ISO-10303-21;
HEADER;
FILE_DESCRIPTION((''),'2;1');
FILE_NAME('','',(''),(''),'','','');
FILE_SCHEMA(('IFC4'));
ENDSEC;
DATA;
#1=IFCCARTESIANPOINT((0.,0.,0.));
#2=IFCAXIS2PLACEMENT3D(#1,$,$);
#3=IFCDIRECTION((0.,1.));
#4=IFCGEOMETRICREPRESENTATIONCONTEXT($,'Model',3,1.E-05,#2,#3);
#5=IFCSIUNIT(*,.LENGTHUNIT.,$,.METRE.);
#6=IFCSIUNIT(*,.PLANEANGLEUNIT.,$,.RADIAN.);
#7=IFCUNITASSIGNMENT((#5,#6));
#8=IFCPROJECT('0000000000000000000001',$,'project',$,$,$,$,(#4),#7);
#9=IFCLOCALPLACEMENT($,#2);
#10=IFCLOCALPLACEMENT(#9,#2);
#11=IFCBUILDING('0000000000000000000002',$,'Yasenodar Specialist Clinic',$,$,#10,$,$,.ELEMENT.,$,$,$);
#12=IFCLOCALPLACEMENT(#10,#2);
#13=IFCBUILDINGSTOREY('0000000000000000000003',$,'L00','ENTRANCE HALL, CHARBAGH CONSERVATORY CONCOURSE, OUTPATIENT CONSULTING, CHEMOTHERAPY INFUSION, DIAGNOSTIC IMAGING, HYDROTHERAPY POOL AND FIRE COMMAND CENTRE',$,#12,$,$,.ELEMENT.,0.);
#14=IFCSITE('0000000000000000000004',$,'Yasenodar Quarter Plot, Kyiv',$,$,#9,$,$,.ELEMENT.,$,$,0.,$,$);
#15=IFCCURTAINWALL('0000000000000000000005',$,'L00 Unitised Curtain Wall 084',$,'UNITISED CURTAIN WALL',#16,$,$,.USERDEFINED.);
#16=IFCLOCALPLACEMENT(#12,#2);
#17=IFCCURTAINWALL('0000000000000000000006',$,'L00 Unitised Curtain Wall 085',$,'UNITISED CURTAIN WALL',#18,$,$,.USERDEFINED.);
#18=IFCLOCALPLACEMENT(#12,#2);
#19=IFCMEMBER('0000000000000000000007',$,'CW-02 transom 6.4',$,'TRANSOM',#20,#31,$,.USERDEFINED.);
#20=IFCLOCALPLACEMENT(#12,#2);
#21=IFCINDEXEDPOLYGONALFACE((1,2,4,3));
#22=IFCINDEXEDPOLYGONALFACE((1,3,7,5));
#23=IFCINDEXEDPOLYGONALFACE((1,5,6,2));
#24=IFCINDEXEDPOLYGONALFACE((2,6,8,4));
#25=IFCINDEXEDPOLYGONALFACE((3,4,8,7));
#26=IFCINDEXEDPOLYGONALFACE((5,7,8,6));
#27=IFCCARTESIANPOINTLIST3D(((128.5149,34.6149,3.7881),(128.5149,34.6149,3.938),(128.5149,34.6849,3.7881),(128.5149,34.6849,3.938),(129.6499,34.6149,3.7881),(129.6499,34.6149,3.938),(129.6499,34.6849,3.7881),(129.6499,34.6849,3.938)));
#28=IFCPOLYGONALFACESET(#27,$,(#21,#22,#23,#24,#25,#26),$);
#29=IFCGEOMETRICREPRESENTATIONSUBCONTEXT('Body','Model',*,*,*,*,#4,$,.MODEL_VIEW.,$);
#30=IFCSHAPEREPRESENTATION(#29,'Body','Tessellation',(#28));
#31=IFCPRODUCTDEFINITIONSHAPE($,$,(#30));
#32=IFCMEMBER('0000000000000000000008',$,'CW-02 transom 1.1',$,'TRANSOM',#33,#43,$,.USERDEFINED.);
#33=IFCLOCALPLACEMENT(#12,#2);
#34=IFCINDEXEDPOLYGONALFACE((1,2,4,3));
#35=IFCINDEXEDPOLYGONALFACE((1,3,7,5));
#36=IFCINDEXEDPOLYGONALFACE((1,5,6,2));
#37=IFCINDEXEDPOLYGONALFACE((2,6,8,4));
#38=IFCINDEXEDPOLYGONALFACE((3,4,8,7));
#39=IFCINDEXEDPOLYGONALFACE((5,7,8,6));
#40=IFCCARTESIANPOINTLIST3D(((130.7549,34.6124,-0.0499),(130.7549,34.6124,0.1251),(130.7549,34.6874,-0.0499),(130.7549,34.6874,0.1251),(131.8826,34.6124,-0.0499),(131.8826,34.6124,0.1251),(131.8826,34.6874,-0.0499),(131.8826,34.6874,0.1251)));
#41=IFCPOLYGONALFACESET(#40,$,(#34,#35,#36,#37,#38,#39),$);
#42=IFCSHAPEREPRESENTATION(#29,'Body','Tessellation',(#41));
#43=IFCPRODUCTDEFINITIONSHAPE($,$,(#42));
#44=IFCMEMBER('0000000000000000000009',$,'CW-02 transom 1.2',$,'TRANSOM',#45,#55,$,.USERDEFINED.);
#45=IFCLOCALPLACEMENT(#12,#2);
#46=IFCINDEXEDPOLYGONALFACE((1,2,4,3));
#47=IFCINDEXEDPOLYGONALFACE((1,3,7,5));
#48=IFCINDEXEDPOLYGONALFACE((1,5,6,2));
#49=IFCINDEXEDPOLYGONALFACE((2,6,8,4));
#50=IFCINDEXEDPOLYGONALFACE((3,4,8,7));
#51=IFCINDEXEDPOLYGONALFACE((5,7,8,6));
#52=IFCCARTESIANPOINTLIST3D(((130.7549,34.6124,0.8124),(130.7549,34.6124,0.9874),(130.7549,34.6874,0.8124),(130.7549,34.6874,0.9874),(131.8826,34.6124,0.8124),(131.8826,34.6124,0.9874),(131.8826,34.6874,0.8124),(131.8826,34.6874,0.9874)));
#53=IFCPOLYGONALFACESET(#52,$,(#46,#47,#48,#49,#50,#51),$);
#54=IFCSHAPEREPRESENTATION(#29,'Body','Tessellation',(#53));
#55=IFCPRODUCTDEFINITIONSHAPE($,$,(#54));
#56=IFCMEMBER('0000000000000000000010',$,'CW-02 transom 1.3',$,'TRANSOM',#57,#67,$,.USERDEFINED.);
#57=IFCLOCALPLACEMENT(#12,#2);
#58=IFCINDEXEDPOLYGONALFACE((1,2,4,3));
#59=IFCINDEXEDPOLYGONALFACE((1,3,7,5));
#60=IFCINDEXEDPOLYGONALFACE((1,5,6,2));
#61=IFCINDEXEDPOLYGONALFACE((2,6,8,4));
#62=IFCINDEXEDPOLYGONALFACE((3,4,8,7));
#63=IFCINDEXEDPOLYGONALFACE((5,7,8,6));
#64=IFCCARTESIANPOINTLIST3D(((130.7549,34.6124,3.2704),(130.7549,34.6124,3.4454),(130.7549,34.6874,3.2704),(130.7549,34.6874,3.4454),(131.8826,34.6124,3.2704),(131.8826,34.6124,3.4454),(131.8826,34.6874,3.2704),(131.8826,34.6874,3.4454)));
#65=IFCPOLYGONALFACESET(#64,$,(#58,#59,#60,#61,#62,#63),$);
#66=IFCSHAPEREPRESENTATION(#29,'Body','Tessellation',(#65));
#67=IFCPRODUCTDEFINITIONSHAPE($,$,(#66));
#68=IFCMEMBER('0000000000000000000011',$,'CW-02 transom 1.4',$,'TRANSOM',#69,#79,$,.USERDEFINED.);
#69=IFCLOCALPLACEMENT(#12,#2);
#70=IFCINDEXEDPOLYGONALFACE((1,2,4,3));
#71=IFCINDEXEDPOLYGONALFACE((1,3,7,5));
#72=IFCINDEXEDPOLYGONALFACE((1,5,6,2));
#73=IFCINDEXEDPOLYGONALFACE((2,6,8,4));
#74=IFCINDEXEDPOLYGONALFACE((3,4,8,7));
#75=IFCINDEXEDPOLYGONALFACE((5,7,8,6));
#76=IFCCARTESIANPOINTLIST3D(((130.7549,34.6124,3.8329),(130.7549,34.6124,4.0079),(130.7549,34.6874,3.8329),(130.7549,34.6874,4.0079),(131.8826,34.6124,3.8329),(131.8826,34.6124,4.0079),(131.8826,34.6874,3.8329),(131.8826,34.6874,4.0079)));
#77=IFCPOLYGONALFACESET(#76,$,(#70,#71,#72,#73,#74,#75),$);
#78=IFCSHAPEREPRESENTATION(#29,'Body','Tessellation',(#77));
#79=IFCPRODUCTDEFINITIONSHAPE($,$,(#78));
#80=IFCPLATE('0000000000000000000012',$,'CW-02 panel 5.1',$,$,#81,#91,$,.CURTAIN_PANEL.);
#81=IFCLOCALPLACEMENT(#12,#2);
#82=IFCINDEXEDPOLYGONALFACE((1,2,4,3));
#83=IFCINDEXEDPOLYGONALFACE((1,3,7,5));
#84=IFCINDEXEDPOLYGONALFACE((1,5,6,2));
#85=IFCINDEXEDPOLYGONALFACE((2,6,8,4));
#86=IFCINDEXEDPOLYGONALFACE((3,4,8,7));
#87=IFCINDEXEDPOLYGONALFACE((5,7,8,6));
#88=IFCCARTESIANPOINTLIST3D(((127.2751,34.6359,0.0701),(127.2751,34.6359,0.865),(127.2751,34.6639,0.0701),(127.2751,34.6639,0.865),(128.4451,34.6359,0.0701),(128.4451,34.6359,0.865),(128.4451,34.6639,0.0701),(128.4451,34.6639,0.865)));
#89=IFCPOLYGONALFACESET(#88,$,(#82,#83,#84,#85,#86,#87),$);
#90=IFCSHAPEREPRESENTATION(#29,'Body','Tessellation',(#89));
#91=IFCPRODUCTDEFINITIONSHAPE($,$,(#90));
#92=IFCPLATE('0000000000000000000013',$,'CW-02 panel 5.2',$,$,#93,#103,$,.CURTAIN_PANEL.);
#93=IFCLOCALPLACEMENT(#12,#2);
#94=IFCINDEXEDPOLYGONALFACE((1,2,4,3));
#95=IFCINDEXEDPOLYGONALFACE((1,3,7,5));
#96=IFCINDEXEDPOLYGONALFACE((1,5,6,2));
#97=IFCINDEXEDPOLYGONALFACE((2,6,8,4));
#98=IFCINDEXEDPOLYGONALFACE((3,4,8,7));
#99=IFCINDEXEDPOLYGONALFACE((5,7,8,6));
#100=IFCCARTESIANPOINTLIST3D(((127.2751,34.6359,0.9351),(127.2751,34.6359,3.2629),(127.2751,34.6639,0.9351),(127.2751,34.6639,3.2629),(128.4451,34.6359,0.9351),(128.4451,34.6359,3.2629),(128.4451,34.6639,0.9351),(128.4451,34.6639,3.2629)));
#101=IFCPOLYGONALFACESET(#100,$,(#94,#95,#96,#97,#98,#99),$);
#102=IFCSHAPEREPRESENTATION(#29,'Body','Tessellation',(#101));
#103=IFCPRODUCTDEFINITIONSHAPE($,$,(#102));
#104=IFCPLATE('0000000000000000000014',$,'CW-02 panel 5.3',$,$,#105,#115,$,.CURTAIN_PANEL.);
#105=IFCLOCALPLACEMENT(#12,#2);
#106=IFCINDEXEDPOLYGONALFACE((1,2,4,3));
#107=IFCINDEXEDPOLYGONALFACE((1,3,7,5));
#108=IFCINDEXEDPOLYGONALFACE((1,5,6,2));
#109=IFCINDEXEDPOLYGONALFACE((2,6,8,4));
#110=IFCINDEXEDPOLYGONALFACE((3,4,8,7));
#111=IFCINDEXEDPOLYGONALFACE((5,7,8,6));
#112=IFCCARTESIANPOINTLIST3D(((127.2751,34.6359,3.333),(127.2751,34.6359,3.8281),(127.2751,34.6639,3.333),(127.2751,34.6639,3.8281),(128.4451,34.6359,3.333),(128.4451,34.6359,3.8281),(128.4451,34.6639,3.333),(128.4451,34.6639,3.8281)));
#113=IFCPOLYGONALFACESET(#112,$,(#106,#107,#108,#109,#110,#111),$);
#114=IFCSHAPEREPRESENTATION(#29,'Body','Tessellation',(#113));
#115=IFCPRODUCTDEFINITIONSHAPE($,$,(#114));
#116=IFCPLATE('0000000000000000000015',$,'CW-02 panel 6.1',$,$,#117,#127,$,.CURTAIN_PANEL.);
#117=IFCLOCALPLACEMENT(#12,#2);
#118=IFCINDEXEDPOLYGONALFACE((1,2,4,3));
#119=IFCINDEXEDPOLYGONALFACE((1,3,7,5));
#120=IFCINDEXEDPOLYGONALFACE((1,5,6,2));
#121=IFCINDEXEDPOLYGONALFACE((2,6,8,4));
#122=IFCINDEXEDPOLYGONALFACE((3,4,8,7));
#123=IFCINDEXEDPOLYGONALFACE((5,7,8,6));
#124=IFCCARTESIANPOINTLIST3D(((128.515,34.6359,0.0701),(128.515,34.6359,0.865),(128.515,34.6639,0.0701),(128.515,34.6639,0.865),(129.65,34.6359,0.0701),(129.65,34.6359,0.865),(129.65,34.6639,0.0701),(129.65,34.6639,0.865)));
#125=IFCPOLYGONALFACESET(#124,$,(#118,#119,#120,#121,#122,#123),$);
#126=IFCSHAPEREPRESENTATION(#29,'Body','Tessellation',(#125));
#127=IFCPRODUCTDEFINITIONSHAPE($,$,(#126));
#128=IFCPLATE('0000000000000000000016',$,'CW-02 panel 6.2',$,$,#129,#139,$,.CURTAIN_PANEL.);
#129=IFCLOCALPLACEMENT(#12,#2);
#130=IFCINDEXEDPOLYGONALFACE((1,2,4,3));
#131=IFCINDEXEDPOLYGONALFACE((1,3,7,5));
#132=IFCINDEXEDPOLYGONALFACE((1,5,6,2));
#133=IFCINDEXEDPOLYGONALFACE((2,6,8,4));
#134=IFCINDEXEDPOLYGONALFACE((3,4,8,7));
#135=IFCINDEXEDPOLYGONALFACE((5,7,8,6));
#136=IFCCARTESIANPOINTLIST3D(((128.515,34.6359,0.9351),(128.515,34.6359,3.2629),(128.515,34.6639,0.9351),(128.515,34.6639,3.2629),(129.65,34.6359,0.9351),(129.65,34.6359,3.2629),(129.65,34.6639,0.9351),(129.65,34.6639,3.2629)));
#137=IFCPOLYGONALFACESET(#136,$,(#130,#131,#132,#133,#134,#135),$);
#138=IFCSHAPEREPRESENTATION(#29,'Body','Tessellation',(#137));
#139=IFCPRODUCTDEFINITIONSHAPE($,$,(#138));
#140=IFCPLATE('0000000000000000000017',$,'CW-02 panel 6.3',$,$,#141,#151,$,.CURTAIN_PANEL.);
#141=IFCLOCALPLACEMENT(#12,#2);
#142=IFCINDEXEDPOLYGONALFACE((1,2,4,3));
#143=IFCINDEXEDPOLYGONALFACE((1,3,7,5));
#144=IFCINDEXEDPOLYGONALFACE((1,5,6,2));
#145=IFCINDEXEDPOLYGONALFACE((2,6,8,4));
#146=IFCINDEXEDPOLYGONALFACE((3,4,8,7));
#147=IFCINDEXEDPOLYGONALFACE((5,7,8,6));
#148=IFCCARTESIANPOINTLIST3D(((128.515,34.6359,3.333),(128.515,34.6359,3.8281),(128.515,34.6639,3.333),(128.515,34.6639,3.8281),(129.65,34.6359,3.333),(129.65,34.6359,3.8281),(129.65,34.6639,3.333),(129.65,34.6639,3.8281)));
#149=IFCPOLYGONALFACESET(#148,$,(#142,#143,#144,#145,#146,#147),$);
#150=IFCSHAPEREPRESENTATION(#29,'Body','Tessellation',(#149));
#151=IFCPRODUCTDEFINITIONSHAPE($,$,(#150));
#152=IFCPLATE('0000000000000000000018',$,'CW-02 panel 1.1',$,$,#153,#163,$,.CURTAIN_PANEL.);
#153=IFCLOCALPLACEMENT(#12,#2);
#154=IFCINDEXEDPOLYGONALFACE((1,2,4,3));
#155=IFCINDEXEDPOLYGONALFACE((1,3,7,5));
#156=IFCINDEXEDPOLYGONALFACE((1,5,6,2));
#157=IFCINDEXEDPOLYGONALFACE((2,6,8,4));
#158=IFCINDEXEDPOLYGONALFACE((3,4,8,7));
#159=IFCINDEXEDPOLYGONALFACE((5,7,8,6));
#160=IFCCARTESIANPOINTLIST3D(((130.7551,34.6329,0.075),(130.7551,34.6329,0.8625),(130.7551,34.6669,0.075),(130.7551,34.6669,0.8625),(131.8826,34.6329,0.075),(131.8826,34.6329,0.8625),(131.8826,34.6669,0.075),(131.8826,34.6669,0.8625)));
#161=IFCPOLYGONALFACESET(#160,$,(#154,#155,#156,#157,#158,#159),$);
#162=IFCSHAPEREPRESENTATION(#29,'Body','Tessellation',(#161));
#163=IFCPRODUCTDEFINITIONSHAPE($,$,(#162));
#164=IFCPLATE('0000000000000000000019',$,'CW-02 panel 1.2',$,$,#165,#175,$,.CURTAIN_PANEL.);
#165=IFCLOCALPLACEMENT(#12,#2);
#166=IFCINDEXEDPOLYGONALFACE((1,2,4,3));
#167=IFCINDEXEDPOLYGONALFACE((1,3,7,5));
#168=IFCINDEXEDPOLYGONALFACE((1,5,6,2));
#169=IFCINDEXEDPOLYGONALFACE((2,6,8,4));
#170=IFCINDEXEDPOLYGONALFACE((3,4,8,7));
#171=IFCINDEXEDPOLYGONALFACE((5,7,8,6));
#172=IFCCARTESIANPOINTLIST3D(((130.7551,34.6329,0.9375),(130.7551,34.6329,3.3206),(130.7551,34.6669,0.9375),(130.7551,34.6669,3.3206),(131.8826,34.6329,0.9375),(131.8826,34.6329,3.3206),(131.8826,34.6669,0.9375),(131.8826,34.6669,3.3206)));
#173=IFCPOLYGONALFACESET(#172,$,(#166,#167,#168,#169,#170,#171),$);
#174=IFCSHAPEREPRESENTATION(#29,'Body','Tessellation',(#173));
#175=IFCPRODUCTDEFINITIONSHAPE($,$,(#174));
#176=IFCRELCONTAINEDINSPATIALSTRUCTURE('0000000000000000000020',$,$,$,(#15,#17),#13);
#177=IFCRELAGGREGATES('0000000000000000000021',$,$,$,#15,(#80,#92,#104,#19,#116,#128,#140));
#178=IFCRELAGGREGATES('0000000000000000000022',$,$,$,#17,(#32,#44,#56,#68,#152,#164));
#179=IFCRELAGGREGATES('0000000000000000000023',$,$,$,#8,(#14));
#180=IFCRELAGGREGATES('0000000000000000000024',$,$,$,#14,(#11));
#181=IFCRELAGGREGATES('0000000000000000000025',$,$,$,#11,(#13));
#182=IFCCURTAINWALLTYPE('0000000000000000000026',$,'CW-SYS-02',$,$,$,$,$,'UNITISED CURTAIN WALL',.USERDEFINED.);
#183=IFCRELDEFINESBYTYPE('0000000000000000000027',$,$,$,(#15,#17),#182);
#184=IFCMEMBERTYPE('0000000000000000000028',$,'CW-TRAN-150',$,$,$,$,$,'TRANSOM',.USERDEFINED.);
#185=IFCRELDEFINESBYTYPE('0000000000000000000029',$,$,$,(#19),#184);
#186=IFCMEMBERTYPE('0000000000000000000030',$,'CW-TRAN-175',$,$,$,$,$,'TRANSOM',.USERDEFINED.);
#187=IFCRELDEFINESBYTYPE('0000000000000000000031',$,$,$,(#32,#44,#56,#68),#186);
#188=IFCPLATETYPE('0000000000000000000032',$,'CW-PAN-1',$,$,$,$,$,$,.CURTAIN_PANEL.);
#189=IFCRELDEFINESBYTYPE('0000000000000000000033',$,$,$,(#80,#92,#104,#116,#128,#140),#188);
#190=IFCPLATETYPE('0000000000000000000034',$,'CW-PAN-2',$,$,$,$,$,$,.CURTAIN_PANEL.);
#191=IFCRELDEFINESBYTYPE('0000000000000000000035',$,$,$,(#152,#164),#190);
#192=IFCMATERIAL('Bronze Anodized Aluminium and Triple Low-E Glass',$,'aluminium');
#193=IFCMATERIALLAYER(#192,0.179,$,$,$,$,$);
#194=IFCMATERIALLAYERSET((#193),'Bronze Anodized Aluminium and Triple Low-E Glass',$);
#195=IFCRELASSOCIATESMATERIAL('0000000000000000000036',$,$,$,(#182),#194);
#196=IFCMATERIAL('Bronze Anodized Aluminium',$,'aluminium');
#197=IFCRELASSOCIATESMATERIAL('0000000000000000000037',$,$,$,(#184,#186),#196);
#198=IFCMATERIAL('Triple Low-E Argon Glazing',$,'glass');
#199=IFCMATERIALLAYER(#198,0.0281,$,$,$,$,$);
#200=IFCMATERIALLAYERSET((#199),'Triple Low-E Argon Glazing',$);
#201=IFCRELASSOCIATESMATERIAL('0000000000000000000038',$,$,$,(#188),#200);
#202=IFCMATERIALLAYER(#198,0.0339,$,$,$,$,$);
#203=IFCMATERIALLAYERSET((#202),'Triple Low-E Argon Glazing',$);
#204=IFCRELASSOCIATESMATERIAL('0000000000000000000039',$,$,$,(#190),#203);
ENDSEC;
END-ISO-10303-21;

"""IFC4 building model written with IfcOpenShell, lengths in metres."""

from ifc_helpers import new_model, si_unit, direction, frame, origin, origin_2d, place, context, subcontext, project, spatial, rectangle, extrude, material, layer, layer_set, material_profile, profile_set, type_object, element, aggregate, save


model = new_model("IFC4")

# Units and contexts
model_context = context("Model", 3, precision=1e-05, world=origin(), true_north=direction((0.0, 1.0)))
body_context = subcontext(model_context, "Body", "Model", "MODEL_VIEW")
ifc_project = project(units=[si_unit("LENGTHUNIT", "METRE"), si_unit("PLANEANGLEUNIT", "RADIAN")], contexts=[model_context])

# Site, building, storey
site_placement = place(None, origin())
site = spatial("IfcSite", under=ifc_project, at=site_placement, Name="Yasenodar Quarter Plot, Kyiv", CompositionType="ELEMENT", RefElevation=0.0)
building_placement = place(site_placement, origin())
building = spatial("IfcBuilding", under=site, at=building_placement, Name="Yasenodar Specialist Clinic", CompositionType="ELEMENT")
storey_placement = place(building_placement, origin())
storey = spatial("IfcBuildingStorey", under=building, at=storey_placement, Name="L00", Description="ENTRANCE HALL, CHARBAGH CONSERVATORY CONCOURSE, OUTPATIENT CONSULTING, CHEMOTHERAPY INFUSION, DIAGNOSTIC IMAGING, HYDROTHERAPY POOL AND FIRE COMMAND CENTRE", CompositionType="ELEMENT", Elevation=0.0)

# Curtain wall
ifc_material_1 = material(Name="Bronze Anodized Aluminium and Triple Low-E Glass", Category="aluminium")
ifc_layer_1 = layer(ifc_material_1, 0.179)
ifc_layer_set_1 = layer_set([ifc_layer_1], Name="Bronze Anodized Aluminium and Triple Low-E Glass")
curtain_wall_type = type_object("IfcCurtainWallType", Name="CW-SYS-02", ElementType="UNITISED CURTAIN WALL", PredefinedType="USERDEFINED", material=ifc_layer_set_1)
curtain_wall_1_placement = place(storey_placement, origin())
curtain_wall_1 = element("IfcCurtainWall", 1, at=curtain_wall_1_placement, inside=storey, type_object=curtain_wall_type, Name="L00 Unitised Curtain Wall 084", ObjectType="UNITISED CURTAIN WALL", PredefinedType="USERDEFINED")
ifc_material_2 = material(Name="Bronze Anodized Aluminium", Category="aluminium")

# Curtain wall
curtain_wall_2_placement = place(storey_placement, origin())
curtain_wall_2 = element("IfcCurtainWall", 2, at=curtain_wall_2_placement, inside=storey, type_object=curtain_wall_type, Name="L00 Unitised Curtain Wall 085", ObjectType="UNITISED CURTAIN WALL", PredefinedType="USERDEFINED")

# Members
ifc_material_profile_1 = material_profile(ifc_material_2, rectangle(XDim=0.0701, YDim=0.1499, at=origin_2d()), Name="CW-TRAN 70x150")
ifc_profile_set_1 = profile_set([ifc_material_profile_1], Name="Bronze Anodized Aluminium")
member_type_1 = type_object("IfcMemberType", Name="CW-TRAN-150", ElementType="TRANSOM", PredefinedType="USERDEFINED", material=ifc_profile_set_1)
member_1_placement = place(storey_placement, frame((128.5149, 34.6499, 3.863), z_axis=(1.0, 0.0, 0.0), x_axis=(0.0, 1.0, 0.0)))
member_1 = element("IfcMember", 3, at=member_1_placement, type_object=member_type_1, Name="CW-02 transom 6.4", ObjectType="TRANSOM", PredefinedType="USERDEFINED", context=body_context, shape_type="SweptSolid", body=[
    extrude(rectangle(XDim=0.0701, YDim=0.1499, at=origin_2d()), origin(), (0.0, 0.0, 1.0), 1.135),
])
ifc_material_profile_2 = material_profile(ifc_material_2, rectangle(XDim=0.075, YDim=0.175, at=origin_2d()), Name="CW-TRAN 75x175")
ifc_profile_set_2 = profile_set([ifc_material_profile_2], Name="Bronze Anodized Aluminium")
member_type_2 = type_object("IfcMemberType", Name="CW-TRAN-175", ElementType="TRANSOM", PredefinedType="USERDEFINED", material=ifc_profile_set_2)
member_2_placement = place(storey_placement, frame((130.7549, 34.6499, 0.0376), z_axis=(1.0, 0.0, 0.0), x_axis=(0.0, 1.0, 0.0)))
member_2 = element("IfcMember", 4, at=member_2_placement, type_object=member_type_2, Name="CW-02 transom 1.1", ObjectType="TRANSOM", PredefinedType="USERDEFINED", context=body_context, shape_type="SweptSolid", body=[
    extrude(rectangle(XDim=0.075, YDim=0.175, at=origin_2d()), origin(), (0.0, 0.0, 1.0), 1.1277),
])
member_3_placement = place(storey_placement, frame((130.7549, 34.6499, 0.8999), z_axis=(1.0, 0.0, 0.0), x_axis=(0.0, 1.0, 0.0)))
member_3 = element("IfcMember", 5, at=member_3_placement, type_object=member_type_2, Name="CW-02 transom 1.2", ObjectType="TRANSOM", PredefinedType="USERDEFINED", context=body_context, shape_type="SweptSolid", body=[
    extrude(rectangle(XDim=0.075, YDim=0.175, at=origin_2d()), origin(), (0.0, 0.0, 1.0), 1.1277),
])
member_4_placement = place(storey_placement, frame((130.7549, 34.6499, 3.3579), z_axis=(1.0, 0.0, 0.0), x_axis=(0.0, 1.0, 0.0)))
member_4 = element("IfcMember", 6, at=member_4_placement, type_object=member_type_2, Name="CW-02 transom 1.3", ObjectType="TRANSOM", PredefinedType="USERDEFINED", context=body_context, shape_type="SweptSolid", body=[
    extrude(rectangle(XDim=0.075, YDim=0.175, at=origin_2d()), origin(), (0.0, 0.0, 1.0), 1.1277),
])
member_5_placement = place(storey_placement, frame((130.7549, 34.6499, 3.9204), z_axis=(1.0, 0.0, 0.0), x_axis=(0.0, 1.0, 0.0)))
member_5 = element("IfcMember", 7, at=member_5_placement, type_object=member_type_2, Name="CW-02 transom 1.4", ObjectType="TRANSOM", PredefinedType="USERDEFINED", context=body_context, shape_type="SweptSolid", body=[
    extrude(rectangle(XDim=0.075, YDim=0.175, at=origin_2d()), origin(), (0.0, 0.0, 1.0), 1.1277),
])

# Plates
ifc_material_3 = material(Name="Triple Low-E Argon Glazing", Category="glass")
ifc_layer_2 = layer(ifc_material_3, 0.0281)
ifc_layer_set_2 = layer_set([ifc_layer_2], Name="Triple Low-E Argon Glazing")
plate_type_1 = type_object("IfcPlateType", Name="CW-PAN-1", PredefinedType="CURTAIN_PANEL", material=ifc_layer_set_2)
plate_1_placement = place(storey_placement, frame((127.8601, 34.6499, 0.0701), z_axis=(0.0, 0.0, 1.0), x_axis=(1.0, 0.0, 0.0)))
plate_1 = element("IfcPlate", 8, at=plate_1_placement, type_object=plate_type_1, Name="CW-02 panel 5.1", PredefinedType="CURTAIN_PANEL", context=body_context, shape_type="SweptSolid", body=[
    extrude(rectangle(XDim=1.1699, YDim=0.0281, at=origin_2d()), origin(), (0.0, 0.0, 1.0), 0.7949),
])
plate_2_placement = place(storey_placement, frame((127.8601, 34.6499, 0.9351), z_axis=(0.0, 0.0, 1.0), x_axis=(1.0, 0.0, 0.0)))
plate_2 = element("IfcPlate", 9, at=plate_2_placement, type_object=plate_type_1, Name="CW-02 panel 5.2", PredefinedType="CURTAIN_PANEL", context=body_context, shape_type="SweptSolid", body=[
    extrude(rectangle(XDim=1.1699, YDim=0.0281, at=origin_2d()), origin(), (0.0, 0.0, 1.0), 2.3279),
])
plate_3_placement = place(storey_placement, frame((127.8601, 34.6499, 3.333), z_axis=(0.0, 0.0, 1.0), x_axis=(1.0, 0.0, 0.0)))
plate_3 = element("IfcPlate", 10, at=plate_3_placement, type_object=plate_type_1, Name="CW-02 panel 5.3", PredefinedType="CURTAIN_PANEL", context=body_context, shape_type="SweptSolid", body=[
    extrude(rectangle(XDim=1.1699, YDim=0.0281, at=origin_2d()), origin(), (0.0, 0.0, 1.0), 0.4951),
])
plate_4_placement = place(storey_placement, frame((129.0825, 34.6499, 0.0701), z_axis=(0.0, 0.0, 1.0), x_axis=(1.0, 0.0, 0.0)))
plate_4 = element("IfcPlate", 11, at=plate_4_placement, type_object=plate_type_1, Name="CW-02 panel 6.1", PredefinedType="CURTAIN_PANEL", context=body_context, shape_type="SweptSolid", body=[
    extrude(rectangle(XDim=1.135, YDim=0.0281, at=origin_2d()), origin(), (0.0, 0.0, 1.0), 0.7949),
])
plate_5_placement = place(storey_placement, frame((129.0825, 34.6499, 0.9351), z_axis=(0.0, 0.0, 1.0), x_axis=(1.0, 0.0, 0.0)))
plate_5 = element("IfcPlate", 12, at=plate_5_placement, type_object=plate_type_1, Name="CW-02 panel 6.2", PredefinedType="CURTAIN_PANEL", context=body_context, shape_type="SweptSolid", body=[
    extrude(rectangle(XDim=1.135, YDim=0.0281, at=origin_2d()), origin(), (0.0, 0.0, 1.0), 2.3279),
])
plate_6_placement = place(storey_placement, frame((129.0825, 34.6499, 3.333), z_axis=(0.0, 0.0, 1.0), x_axis=(1.0, 0.0, 0.0)))
plate_6 = element("IfcPlate", 13, at=plate_6_placement, type_object=plate_type_1, Name="CW-02 panel 6.3", PredefinedType="CURTAIN_PANEL", context=body_context, shape_type="SweptSolid", body=[
    extrude(rectangle(XDim=1.135, YDim=0.0281, at=origin_2d()), origin(), (0.0, 0.0, 1.0), 0.4951),
])
aggregate(curtain_wall_1, [plate_1, plate_2, plate_3, member_1, plate_4, plate_5, plate_6])
ifc_layer_3 = layer(ifc_material_3, 0.0339)
ifc_layer_set_3 = layer_set([ifc_layer_3], Name="Triple Low-E Argon Glazing")
plate_type_2 = type_object("IfcPlateType", Name="CW-PAN-2", PredefinedType="CURTAIN_PANEL", material=ifc_layer_set_3)
plate_7_placement = place(storey_placement, frame((131.3188, 34.6499, 0.075), z_axis=(0.0, 0.0, 1.0), x_axis=(1.0, 0.0, 0.0)))
plate_7 = element("IfcPlate", 14, at=plate_7_placement, type_object=plate_type_2, Name="CW-02 panel 1.1", PredefinedType="CURTAIN_PANEL", context=body_context, shape_type="SweptSolid", body=[
    extrude(rectangle(XDim=1.1274, YDim=0.0339, at=origin_2d()), origin(), (0.0, 0.0, 1.0), 0.7876),
])
plate_8_placement = place(storey_placement, frame((131.3188, 34.6499, 0.9375), z_axis=(0.0, 0.0, 1.0), x_axis=(1.0, 0.0, 0.0)))
plate_8 = element("IfcPlate", 15, at=plate_8_placement, type_object=plate_type_2, Name="CW-02 panel 1.2", PredefinedType="CURTAIN_PANEL", context=body_context, shape_type="SweptSolid", body=[
    extrude(rectangle(XDim=1.1274, YDim=0.0339, at=origin_2d()), origin(), (0.0, 0.0, 1.0), 2.3831),
])
aggregate(curtain_wall_2, [member_2, member_3, member_4, member_5, plate_7, plate_8])

save(model, "model.ifc")
